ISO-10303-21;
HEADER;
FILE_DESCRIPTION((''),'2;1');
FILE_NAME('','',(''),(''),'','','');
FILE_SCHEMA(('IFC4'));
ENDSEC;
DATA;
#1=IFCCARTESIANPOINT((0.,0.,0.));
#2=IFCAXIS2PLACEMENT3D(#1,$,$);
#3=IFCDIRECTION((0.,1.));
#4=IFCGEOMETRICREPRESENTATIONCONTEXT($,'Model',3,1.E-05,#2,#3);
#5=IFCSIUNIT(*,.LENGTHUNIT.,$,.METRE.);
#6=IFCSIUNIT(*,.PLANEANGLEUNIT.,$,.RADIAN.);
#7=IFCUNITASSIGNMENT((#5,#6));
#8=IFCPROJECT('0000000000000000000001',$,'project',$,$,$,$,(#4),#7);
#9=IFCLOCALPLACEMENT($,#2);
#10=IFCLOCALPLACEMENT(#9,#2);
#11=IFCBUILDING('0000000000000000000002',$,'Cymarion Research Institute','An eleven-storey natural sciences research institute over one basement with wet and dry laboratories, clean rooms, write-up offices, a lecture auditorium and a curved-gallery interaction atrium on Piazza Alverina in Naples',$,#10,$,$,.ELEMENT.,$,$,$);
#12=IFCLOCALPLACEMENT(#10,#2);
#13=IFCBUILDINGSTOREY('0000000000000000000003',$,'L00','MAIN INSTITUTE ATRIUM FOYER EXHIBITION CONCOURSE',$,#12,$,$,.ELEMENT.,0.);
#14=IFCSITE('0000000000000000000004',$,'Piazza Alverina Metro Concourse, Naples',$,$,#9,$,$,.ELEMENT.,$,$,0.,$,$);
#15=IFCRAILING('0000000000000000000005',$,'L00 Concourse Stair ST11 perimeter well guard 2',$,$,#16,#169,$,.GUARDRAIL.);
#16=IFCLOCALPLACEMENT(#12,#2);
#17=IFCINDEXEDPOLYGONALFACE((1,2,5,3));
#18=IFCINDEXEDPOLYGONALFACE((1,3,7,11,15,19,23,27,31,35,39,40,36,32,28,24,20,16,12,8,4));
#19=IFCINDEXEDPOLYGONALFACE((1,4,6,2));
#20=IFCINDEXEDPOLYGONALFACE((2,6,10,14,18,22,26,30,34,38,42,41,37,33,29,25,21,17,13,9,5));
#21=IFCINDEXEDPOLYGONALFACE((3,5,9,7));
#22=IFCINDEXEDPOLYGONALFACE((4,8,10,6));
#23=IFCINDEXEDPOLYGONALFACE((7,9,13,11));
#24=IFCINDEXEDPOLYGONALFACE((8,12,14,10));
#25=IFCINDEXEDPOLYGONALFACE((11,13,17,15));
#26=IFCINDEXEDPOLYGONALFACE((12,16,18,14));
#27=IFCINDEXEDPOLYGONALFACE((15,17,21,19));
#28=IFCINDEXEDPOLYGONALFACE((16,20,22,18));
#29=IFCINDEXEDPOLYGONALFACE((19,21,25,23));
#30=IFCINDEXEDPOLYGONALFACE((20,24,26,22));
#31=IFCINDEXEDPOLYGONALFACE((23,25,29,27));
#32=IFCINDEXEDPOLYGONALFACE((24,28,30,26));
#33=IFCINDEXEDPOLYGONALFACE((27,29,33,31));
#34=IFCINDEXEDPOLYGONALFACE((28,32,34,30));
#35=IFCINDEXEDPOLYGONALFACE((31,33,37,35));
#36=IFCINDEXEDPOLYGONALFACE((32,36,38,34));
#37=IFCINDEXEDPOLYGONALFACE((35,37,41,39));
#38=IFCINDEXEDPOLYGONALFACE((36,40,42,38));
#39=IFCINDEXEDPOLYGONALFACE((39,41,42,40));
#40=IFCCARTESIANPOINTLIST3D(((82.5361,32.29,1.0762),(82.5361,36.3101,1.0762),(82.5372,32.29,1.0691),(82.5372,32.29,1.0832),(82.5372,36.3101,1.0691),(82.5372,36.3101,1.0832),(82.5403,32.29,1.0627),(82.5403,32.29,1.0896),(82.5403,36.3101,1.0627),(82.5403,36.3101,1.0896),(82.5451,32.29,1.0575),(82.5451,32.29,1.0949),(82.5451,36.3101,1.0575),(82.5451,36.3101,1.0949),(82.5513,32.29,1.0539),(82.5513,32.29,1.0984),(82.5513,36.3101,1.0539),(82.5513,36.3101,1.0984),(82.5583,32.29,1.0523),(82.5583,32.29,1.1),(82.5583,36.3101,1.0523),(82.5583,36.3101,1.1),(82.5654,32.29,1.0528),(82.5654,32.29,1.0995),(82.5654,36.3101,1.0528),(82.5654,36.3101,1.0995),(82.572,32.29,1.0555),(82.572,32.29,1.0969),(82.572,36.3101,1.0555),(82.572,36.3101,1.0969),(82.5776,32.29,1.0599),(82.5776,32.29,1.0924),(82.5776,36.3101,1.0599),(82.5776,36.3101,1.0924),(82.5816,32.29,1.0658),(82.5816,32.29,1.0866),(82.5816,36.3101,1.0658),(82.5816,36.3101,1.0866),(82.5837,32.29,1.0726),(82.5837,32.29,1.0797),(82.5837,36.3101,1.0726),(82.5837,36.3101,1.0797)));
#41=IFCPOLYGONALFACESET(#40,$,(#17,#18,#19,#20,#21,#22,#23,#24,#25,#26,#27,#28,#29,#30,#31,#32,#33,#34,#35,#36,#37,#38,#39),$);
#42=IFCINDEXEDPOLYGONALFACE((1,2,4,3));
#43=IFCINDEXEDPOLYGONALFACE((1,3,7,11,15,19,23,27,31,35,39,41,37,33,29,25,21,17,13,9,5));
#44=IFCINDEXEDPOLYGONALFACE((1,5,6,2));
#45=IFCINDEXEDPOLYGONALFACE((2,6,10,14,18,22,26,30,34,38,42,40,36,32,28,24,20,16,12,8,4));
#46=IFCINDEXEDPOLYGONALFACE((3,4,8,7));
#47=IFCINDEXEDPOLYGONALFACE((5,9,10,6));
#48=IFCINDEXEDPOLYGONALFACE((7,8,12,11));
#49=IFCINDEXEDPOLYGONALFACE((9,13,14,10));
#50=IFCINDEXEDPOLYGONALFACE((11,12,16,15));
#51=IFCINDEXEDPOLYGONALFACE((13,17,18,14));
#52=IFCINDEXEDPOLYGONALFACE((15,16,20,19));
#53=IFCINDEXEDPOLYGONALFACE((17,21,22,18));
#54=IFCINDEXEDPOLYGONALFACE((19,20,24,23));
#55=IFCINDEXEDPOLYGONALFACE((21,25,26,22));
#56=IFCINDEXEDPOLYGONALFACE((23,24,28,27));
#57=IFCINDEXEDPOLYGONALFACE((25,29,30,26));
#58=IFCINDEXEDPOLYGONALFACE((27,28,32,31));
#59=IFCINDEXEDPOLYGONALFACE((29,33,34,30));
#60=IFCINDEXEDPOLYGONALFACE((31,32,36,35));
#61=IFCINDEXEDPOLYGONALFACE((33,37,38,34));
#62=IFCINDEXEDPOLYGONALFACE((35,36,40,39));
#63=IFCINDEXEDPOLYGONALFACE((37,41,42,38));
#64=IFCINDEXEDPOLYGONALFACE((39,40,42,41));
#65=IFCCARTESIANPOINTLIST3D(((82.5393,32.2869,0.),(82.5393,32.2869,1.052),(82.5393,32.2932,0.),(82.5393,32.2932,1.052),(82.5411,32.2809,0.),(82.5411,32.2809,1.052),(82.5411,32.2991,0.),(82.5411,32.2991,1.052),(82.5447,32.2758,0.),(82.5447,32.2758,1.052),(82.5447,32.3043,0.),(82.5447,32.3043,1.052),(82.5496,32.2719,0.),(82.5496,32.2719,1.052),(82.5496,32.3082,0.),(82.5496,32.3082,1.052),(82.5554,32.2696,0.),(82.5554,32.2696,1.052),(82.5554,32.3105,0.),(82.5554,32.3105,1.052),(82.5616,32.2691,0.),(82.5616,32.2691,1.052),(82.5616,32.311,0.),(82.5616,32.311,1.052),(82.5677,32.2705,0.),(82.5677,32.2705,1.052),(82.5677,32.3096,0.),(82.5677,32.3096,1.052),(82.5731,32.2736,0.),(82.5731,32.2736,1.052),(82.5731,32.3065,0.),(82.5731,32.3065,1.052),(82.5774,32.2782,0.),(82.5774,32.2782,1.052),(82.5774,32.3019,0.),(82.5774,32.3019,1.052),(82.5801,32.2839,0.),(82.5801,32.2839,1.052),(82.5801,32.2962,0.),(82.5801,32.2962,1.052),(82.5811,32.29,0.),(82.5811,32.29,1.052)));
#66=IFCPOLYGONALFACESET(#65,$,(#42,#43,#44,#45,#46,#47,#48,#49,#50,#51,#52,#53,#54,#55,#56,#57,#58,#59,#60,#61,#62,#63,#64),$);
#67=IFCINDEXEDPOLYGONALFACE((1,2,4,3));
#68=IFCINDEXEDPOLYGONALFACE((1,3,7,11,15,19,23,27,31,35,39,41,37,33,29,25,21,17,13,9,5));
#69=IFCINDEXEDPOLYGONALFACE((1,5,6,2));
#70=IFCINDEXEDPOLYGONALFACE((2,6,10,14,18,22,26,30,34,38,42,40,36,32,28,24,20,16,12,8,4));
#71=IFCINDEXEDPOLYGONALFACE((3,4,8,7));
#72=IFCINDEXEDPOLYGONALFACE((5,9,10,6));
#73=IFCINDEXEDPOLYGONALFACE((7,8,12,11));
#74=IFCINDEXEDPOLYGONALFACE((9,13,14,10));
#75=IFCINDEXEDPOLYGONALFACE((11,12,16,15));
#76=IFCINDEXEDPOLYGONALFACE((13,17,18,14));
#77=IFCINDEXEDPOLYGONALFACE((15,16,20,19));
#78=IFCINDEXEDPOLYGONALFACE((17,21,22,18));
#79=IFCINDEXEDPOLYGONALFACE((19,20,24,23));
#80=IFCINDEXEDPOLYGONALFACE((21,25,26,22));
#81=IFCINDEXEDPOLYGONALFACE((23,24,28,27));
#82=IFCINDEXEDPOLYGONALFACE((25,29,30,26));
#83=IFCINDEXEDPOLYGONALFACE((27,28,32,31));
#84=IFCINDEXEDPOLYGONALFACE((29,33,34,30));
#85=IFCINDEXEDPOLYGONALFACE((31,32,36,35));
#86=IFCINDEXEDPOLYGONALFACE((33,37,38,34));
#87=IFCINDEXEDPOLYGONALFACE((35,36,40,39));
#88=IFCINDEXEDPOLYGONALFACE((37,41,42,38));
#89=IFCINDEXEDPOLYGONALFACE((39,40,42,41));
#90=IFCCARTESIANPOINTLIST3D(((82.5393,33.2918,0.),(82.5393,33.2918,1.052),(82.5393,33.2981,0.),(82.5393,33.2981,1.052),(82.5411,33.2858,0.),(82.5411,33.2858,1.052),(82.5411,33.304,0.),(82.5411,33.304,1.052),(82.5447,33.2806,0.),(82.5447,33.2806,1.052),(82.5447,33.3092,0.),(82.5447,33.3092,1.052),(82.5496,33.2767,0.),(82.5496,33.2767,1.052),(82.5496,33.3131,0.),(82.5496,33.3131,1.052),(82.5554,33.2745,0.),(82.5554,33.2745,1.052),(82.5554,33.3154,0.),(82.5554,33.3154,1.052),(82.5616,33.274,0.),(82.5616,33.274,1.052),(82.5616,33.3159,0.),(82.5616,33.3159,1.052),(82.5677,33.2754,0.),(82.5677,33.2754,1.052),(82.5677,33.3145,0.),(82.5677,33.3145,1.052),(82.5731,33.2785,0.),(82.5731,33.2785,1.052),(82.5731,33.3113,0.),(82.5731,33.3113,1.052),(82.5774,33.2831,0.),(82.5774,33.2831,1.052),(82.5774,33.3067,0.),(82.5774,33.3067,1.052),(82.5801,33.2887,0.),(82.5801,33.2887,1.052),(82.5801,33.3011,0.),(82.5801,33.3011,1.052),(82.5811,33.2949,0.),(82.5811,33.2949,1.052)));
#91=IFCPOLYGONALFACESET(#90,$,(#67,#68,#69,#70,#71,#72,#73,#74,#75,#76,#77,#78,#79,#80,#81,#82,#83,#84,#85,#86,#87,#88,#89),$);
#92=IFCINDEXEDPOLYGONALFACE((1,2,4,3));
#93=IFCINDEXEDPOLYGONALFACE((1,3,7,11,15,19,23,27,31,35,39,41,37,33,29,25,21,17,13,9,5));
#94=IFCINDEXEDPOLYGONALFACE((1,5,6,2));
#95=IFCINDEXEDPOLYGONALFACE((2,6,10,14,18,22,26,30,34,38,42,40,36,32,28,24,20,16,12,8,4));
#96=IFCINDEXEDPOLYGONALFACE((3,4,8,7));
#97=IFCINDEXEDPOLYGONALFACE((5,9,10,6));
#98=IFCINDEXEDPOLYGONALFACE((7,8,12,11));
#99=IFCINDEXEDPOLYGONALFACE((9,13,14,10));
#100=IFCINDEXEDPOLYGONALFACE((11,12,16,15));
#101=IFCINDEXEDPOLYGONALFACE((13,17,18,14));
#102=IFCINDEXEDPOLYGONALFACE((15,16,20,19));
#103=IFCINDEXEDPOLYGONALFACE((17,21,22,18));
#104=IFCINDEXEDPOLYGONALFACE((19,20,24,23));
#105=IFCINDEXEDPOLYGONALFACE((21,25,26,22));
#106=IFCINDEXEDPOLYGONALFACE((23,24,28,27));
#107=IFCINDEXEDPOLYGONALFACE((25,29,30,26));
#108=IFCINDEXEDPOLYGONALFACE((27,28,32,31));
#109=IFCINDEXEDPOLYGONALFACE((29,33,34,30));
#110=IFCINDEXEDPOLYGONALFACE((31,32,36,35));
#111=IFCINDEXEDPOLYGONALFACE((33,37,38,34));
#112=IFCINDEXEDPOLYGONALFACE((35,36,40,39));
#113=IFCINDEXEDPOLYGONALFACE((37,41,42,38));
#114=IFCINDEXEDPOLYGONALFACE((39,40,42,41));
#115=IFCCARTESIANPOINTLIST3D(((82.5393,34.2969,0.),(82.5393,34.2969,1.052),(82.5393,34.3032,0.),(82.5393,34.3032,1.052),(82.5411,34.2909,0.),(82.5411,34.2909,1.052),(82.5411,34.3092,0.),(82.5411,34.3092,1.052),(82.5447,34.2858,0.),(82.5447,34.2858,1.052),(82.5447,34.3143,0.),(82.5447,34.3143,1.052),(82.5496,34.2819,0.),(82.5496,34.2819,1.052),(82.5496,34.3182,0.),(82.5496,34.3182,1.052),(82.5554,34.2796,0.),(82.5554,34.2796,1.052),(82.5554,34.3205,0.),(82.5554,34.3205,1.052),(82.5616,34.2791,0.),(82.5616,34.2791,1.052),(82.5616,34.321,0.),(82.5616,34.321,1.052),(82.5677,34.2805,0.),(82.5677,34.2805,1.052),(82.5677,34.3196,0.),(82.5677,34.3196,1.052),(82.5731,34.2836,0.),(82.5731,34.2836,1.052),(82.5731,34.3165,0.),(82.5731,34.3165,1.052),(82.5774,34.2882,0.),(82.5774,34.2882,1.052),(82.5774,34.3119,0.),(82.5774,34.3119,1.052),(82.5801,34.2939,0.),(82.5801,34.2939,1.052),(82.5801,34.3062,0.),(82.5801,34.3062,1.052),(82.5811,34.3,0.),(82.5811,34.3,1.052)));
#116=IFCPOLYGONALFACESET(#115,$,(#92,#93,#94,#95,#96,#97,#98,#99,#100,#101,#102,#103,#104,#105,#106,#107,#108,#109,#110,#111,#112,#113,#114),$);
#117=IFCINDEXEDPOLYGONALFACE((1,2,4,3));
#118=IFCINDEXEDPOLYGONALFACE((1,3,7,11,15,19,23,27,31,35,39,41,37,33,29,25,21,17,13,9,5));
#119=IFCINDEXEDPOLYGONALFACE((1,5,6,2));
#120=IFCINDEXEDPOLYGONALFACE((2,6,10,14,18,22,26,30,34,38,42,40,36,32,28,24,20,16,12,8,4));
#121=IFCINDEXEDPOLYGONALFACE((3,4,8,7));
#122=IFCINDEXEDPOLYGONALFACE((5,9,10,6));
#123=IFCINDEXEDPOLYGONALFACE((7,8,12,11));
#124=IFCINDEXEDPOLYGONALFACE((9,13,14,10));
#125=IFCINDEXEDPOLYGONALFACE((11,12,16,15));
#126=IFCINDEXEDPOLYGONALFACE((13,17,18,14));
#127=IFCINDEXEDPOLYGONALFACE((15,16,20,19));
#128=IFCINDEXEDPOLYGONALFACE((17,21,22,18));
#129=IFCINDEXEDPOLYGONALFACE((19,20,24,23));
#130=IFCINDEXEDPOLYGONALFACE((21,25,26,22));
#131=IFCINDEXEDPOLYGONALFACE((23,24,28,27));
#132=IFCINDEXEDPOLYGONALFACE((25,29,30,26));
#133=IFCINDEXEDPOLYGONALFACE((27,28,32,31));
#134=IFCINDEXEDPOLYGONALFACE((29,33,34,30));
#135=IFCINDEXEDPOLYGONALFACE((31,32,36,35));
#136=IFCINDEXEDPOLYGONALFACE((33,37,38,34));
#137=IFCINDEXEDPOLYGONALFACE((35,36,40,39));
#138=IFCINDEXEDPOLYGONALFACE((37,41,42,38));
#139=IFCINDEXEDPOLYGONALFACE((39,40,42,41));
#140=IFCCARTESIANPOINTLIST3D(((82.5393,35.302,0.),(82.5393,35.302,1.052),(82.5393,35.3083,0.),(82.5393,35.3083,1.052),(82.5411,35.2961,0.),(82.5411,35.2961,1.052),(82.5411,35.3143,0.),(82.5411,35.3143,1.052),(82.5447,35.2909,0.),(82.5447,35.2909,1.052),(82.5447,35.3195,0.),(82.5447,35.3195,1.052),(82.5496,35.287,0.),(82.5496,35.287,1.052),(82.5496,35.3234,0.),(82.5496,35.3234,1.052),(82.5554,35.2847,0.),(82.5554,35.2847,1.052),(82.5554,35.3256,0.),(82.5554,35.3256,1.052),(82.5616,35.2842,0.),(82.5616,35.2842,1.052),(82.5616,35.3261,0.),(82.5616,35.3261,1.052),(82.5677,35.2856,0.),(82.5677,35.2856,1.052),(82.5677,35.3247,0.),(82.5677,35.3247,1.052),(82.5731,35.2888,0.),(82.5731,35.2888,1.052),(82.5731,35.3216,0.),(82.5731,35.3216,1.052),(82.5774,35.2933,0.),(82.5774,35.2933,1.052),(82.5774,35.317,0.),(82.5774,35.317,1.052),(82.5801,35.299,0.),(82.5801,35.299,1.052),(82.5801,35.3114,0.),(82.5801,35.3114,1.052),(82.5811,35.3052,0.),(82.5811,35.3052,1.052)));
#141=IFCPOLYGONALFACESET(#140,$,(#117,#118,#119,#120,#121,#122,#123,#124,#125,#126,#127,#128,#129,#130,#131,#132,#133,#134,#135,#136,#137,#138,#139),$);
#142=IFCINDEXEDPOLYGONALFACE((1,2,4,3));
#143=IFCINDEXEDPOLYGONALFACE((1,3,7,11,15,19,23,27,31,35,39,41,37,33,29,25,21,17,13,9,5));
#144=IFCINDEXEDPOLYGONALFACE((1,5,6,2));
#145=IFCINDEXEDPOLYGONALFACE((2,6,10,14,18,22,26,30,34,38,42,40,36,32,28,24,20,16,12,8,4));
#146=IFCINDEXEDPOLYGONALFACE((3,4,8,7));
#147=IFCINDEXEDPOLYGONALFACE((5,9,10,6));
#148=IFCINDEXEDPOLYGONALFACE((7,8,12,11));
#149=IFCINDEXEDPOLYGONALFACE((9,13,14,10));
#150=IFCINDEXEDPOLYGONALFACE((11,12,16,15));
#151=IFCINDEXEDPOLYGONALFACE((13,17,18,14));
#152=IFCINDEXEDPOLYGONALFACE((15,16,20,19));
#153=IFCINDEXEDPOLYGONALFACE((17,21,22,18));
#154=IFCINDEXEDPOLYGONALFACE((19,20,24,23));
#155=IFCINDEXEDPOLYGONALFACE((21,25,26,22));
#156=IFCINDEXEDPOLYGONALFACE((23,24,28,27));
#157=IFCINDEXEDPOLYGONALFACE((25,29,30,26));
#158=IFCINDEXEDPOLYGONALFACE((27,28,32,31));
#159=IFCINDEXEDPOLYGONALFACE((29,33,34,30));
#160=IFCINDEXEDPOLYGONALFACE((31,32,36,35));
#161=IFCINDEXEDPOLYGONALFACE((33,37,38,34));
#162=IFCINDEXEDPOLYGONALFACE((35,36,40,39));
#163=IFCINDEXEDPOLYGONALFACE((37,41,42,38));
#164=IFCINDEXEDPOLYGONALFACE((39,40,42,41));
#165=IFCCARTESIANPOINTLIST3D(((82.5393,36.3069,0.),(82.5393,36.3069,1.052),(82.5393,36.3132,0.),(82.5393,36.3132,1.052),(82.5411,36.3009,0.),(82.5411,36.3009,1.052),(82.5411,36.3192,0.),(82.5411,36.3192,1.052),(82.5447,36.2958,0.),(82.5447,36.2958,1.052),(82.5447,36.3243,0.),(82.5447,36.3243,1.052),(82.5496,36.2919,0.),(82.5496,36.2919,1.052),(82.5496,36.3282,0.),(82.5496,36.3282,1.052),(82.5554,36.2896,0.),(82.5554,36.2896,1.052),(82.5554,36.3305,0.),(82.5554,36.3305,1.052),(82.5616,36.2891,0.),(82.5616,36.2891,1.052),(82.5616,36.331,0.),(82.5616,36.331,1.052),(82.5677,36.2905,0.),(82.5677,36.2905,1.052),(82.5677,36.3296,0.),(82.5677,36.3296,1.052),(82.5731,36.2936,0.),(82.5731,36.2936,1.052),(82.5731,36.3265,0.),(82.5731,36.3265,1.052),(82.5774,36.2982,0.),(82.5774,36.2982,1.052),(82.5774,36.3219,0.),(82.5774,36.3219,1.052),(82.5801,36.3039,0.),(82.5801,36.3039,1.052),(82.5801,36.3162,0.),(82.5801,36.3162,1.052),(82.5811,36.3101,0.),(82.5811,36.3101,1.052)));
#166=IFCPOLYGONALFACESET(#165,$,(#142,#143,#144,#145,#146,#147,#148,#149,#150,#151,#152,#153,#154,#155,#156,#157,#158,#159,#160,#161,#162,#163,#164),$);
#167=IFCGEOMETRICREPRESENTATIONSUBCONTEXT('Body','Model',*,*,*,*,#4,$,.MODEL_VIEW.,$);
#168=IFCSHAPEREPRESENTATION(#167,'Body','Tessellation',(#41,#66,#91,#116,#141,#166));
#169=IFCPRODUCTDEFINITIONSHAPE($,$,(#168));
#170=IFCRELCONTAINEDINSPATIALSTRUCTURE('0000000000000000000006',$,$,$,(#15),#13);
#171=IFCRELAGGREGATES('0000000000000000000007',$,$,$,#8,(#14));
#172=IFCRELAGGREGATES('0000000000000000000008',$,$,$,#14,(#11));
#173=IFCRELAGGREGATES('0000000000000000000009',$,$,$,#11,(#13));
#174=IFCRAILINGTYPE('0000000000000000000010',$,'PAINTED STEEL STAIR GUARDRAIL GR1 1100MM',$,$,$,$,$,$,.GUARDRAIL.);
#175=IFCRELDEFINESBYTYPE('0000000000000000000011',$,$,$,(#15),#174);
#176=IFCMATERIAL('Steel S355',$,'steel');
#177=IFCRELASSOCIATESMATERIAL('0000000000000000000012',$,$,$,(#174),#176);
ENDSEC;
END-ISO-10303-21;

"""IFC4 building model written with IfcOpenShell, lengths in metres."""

from ifc_helpers import new_model, si_unit, direction, frame, origin, origin_2d, place, context, subcontext, project, spatial, circle, extrude, material, type_object, element, save


model = new_model("IFC4")

# Units and contexts
model_context = context("Model", 3, precision=1e-05, world=origin(), true_north=direction((0.0, 1.0)))
body_context = subcontext(model_context, "Body", "Model", "MODEL_VIEW")
ifc_project = project(units=[si_unit("LENGTHUNIT", "METRE"), si_unit("PLANEANGLEUNIT", "RADIAN")], contexts=[model_context])

# Site, building, storey
site_placement = place(None, origin())
site = spatial("IfcSite", under=ifc_project, at=site_placement, Name="Piazza Alverina Metro Concourse, Naples", CompositionType="ELEMENT", RefElevation=0.0)
building_placement = place(site_placement, origin())
building = spatial("IfcBuilding", under=site, at=building_placement, Name="Cymarion Research Institute", Description="An eleven-storey natural sciences research institute over one basement with wet and dry laboratories, clean rooms, write-up offices, a lecture auditorium and a curved-gallery interaction atrium on Piazza Alverina in Naples", CompositionType="ELEMENT")
storey_placement = place(building_placement, origin())
storey = spatial("IfcBuildingStorey", under=building, at=storey_placement, Name="L00", Description="MAIN INSTITUTE ATRIUM FOYER EXHIBITION CONCOURSE", CompositionType="ELEMENT", Elevation=0.0)

# Shared definitions
ifc_material_1 = material(Name="Steel S355", Category="steel")

# Railing
railing_type = type_object("IfcRailingType", Name="PAINTED STEEL STAIR GUARDRAIL GR1 1100MM", PredefinedType="GUARDRAIL", material=ifc_material_1)
railing_1_placement = place(storey_placement, frame((82.5601, 32.29, 0.0)))
element("IfcRailing", 1, at=railing_1_placement, inside=storey, type_object=railing_type, Name="L00 Concourse Stair ST11 perimeter well guard 2", PredefinedType="GUARDRAIL", context=body_context, shape_type="SweptSolid", body=[
    extrude(circle(Radius=0.0239, at=origin_2d()), frame((0.0, 0.0, 1.0762), z_axis=(0.0, 1.0, 0.0), x_axis=(-1.0, 0.0, 0.0)), (0.0, 0.0, 1.0), 4.02),
    extrude(circle(Radius=0.021, at=origin_2d()), origin(), (0.0, 0.0, 1.0), 1.052),
    extrude(circle(Radius=0.021, at=origin_2d()), frame((0.0, 1.0049, 0.0)), (0.0, 0.0, 1.0), 1.052),
    extrude(circle(Radius=0.021, at=origin_2d()), frame((0.0, 2.01, 0.0)), (0.0, 0.0, 1.0), 1.052),
    extrude(circle(Radius=0.021, at=origin_2d()), frame((0.0, 3.0151, 0.0)), (0.0, 0.0, 1.0), 1.052),
    extrude(circle(Radius=0.021, at=origin_2d()), frame((0.0, 4.02, 0.0)), (0.0, 0.0, 1.0), 1.052),
])

save(model, "model.ifc")
